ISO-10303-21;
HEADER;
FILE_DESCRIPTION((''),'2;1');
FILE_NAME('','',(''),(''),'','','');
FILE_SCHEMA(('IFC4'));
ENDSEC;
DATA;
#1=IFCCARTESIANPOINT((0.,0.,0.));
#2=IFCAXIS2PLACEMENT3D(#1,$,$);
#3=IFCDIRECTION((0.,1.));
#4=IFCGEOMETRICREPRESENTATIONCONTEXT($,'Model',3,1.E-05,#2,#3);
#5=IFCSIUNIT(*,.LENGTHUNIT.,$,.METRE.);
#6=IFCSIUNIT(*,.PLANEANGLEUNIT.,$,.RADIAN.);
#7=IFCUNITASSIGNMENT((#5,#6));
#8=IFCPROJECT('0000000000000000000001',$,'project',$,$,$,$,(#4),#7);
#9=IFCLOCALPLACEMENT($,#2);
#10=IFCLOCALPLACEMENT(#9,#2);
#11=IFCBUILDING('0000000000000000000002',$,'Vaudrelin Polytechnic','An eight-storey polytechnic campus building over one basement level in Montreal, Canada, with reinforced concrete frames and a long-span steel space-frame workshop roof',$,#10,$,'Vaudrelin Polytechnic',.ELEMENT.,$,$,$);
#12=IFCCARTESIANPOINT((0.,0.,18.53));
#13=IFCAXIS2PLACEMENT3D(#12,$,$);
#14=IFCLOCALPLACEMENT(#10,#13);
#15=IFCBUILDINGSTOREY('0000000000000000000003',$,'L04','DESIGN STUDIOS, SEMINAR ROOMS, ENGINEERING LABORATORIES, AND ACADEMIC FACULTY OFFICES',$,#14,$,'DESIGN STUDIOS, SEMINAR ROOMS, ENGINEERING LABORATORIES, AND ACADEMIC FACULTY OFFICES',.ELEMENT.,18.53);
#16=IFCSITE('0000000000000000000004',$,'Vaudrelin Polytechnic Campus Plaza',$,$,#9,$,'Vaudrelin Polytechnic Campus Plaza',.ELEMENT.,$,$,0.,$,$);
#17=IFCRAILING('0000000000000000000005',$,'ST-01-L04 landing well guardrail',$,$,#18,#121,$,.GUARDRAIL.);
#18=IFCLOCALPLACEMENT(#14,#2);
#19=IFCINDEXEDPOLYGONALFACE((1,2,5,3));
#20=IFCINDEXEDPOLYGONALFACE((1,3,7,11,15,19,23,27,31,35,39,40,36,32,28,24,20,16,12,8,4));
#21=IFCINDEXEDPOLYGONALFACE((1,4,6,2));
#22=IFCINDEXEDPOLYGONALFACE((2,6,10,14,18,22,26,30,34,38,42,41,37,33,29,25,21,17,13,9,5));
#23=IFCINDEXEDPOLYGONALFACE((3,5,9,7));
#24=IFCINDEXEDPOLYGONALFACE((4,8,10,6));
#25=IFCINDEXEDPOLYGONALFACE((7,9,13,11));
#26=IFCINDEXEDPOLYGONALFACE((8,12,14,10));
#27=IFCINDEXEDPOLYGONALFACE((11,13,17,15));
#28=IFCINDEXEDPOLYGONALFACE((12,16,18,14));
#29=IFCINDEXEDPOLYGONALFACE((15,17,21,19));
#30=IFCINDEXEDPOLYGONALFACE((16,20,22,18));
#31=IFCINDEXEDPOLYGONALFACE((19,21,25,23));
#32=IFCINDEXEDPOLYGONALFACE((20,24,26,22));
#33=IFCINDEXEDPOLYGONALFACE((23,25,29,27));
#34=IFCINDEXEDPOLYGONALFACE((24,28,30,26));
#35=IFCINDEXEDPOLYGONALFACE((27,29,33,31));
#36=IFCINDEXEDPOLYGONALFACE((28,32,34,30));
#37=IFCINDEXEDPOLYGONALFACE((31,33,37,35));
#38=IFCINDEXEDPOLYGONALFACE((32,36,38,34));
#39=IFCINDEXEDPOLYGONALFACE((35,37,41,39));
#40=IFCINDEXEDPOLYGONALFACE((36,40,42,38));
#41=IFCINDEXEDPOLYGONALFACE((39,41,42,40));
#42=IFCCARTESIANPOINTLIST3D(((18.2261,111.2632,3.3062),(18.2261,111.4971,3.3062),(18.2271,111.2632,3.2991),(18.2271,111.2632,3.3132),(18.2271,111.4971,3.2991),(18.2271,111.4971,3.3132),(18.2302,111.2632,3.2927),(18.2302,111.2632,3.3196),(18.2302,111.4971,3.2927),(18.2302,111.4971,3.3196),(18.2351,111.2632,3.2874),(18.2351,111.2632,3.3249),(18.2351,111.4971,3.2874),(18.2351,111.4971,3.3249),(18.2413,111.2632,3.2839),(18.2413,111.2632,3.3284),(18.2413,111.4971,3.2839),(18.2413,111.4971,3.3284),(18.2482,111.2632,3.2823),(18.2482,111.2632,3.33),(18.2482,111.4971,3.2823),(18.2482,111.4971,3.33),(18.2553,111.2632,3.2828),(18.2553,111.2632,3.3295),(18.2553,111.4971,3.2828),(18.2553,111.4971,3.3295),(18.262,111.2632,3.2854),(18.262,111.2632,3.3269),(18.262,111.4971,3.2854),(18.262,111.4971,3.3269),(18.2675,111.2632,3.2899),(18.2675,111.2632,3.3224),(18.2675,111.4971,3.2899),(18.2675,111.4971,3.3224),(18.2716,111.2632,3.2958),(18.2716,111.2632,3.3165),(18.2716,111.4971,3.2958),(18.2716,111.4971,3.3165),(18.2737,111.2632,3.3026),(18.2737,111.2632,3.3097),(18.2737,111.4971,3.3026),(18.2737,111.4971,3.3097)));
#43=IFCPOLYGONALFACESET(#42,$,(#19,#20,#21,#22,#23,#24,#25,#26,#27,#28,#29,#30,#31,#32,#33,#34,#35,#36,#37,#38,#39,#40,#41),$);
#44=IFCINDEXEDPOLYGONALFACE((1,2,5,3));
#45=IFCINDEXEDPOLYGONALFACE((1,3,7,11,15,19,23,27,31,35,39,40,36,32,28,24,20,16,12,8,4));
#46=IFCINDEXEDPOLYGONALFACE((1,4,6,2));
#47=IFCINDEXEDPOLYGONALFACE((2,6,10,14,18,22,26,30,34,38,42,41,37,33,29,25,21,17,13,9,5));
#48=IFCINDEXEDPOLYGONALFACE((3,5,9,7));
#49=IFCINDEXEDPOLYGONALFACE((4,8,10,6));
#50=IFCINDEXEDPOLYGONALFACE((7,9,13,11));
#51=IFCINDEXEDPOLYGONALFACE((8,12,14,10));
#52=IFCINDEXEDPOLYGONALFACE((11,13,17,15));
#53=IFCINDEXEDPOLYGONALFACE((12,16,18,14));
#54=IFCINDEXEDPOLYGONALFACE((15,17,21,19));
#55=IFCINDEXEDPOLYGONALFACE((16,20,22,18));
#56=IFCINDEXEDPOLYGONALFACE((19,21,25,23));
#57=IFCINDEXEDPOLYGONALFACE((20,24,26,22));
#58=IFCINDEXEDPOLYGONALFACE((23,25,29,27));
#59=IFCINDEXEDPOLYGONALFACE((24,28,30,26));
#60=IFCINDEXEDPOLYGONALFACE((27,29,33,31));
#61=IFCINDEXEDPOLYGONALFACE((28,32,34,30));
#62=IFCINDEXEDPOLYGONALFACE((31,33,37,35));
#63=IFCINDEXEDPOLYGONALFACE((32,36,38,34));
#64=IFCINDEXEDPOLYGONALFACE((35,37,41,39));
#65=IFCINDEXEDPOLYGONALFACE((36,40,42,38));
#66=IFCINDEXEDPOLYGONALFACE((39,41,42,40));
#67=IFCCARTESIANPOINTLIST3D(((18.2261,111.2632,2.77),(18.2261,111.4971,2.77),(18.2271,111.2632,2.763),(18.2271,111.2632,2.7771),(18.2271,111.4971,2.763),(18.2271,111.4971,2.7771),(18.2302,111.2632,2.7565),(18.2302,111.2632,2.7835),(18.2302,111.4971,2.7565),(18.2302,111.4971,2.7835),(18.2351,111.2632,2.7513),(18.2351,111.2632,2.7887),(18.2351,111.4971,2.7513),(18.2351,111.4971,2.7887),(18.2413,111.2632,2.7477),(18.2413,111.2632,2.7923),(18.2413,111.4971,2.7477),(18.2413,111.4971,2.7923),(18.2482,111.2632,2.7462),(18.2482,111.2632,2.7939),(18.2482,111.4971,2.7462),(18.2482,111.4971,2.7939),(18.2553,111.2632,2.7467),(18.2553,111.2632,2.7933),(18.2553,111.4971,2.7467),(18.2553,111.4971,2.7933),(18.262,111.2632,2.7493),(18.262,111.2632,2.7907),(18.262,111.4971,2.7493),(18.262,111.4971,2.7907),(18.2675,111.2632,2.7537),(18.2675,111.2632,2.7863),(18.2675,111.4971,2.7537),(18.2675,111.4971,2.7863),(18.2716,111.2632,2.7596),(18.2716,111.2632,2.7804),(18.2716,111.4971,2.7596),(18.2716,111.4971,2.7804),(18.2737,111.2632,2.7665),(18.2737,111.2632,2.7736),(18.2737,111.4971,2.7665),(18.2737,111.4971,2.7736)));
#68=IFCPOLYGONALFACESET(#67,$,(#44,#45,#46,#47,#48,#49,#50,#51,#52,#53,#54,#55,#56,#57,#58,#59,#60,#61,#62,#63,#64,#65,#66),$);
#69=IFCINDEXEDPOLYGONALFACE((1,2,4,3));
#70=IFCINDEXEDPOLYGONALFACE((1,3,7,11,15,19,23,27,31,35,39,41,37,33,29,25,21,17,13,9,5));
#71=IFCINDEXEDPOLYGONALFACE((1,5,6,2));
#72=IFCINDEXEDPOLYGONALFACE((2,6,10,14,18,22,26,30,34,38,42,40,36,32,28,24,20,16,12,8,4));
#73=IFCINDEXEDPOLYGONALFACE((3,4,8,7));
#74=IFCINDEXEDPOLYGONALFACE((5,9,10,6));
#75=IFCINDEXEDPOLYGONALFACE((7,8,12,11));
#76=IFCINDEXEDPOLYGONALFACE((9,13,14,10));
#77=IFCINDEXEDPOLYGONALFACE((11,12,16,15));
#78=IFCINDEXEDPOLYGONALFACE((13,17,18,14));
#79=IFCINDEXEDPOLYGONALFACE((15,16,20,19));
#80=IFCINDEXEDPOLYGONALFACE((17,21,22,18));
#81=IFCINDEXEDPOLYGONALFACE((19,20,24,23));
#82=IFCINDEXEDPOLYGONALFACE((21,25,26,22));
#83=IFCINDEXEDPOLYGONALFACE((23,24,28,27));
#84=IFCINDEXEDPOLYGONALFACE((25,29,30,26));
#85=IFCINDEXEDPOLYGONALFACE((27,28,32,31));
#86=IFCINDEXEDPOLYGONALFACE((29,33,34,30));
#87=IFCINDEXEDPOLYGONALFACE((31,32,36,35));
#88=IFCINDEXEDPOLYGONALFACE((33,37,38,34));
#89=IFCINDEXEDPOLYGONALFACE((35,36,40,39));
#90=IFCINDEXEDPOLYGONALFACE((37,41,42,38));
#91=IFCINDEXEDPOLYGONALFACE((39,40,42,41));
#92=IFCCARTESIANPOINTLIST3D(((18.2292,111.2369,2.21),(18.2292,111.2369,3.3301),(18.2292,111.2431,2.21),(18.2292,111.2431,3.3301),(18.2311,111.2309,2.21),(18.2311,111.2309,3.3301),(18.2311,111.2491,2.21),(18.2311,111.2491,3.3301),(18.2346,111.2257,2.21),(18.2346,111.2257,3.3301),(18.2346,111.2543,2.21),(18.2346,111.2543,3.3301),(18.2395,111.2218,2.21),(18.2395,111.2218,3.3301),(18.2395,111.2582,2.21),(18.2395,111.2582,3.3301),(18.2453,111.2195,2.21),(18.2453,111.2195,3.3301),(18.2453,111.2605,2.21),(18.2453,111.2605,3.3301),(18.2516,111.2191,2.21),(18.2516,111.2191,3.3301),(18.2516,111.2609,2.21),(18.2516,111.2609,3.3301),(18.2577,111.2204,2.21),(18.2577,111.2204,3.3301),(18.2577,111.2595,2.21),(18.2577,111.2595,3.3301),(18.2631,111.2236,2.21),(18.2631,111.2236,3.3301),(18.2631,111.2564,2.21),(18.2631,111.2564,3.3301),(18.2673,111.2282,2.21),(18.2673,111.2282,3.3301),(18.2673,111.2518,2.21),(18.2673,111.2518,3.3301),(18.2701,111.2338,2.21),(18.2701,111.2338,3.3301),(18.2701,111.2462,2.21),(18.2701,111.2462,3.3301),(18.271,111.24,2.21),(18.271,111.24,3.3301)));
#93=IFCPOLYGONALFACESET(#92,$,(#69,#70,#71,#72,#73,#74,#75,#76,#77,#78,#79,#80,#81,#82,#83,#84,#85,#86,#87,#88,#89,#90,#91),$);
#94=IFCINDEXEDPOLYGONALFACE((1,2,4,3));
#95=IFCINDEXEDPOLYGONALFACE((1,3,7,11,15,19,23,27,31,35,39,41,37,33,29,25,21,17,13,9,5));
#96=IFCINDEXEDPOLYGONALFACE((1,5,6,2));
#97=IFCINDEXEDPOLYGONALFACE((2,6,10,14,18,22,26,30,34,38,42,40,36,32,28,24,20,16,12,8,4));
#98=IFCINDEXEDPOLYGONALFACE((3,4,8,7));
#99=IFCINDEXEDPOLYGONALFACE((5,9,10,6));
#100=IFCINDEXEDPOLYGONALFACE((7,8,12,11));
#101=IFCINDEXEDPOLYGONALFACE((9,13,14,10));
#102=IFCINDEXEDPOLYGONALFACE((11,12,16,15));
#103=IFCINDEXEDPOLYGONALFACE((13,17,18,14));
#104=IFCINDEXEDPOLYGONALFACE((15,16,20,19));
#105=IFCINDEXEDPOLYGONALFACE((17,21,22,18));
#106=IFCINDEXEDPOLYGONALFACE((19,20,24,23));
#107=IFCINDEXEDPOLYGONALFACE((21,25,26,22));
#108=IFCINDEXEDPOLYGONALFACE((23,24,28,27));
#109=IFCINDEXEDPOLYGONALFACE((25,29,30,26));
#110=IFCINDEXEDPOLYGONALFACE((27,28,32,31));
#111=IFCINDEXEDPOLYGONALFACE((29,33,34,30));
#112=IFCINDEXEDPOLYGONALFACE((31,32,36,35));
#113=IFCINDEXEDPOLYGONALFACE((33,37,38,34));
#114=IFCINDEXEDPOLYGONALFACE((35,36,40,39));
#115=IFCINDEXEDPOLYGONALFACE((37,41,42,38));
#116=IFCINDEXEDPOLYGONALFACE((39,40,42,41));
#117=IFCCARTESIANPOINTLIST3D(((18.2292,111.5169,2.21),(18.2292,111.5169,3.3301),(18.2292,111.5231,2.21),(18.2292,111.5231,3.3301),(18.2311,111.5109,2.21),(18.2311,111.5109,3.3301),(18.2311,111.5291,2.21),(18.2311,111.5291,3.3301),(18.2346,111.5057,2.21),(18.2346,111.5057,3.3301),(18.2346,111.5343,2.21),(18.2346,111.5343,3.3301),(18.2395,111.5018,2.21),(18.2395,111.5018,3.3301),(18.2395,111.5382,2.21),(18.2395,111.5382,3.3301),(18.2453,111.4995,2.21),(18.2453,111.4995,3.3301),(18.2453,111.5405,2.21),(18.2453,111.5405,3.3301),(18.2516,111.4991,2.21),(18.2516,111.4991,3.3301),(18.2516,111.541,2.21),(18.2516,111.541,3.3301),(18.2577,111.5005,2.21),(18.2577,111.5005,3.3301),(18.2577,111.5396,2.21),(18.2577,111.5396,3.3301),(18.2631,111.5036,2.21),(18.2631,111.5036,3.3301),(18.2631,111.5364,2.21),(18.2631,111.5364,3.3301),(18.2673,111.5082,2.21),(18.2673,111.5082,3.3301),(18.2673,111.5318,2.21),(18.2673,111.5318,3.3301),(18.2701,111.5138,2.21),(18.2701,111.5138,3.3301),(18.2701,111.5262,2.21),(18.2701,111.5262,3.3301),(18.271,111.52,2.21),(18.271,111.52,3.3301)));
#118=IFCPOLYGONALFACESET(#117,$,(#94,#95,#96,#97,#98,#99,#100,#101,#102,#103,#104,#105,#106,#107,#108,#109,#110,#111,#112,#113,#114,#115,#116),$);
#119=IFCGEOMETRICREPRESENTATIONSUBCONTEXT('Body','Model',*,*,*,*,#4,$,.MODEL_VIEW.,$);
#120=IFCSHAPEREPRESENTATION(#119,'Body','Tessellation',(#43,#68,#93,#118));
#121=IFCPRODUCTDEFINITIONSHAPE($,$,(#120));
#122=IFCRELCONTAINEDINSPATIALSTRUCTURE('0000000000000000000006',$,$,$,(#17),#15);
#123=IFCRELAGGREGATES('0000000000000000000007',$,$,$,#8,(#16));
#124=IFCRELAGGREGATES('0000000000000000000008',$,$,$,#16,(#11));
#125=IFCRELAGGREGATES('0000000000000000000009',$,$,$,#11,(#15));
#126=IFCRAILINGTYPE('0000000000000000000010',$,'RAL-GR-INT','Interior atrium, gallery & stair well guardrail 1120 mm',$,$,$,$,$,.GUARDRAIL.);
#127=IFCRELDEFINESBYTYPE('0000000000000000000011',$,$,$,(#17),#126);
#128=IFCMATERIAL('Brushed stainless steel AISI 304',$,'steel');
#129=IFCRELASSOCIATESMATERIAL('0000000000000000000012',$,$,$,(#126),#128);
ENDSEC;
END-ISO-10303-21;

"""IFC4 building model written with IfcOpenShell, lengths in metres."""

from ifc_helpers import new_model, si_unit, direction, frame, origin, origin_2d, place, context, subcontext, project, spatial, circle, extrude, material, type_object, element, save


model = new_model("IFC4")

# Units and contexts
model_context = context("Model", 3, precision=1e-05, world=origin(), true_north=direction((0.0, 1.0)))
body_context = subcontext(model_context, "Body", "Model", "MODEL_VIEW")
ifc_project = project(units=[si_unit("LENGTHUNIT", "METRE"), si_unit("PLANEANGLEUNIT", "RADIAN")], contexts=[model_context])

# Site, building, storey
site_placement = place(None, origin())
site = spatial("IfcSite", under=ifc_project, at=site_placement, Name="Vaudrelin Polytechnic Campus Plaza", LongName="Vaudrelin Polytechnic Campus Plaza", CompositionType="ELEMENT", RefElevation=0.0)
building_placement = place(site_placement, origin())
building = spatial("IfcBuilding", under=site, at=building_placement, Name="Vaudrelin Polytechnic", Description="An eight-storey polytechnic campus building over one basement level in Montreal, Canada, with reinforced concrete frames and a long-span steel space-frame workshop roof", LongName="Vaudrelin Polytechnic", CompositionType="ELEMENT")
storey_placement = place(building_placement, frame((0.0, 0.0, 18.53)))
storey = spatial("IfcBuildingStorey", under=building, at=storey_placement, Name="L04", Description="DESIGN STUDIOS, SEMINAR ROOMS, ENGINEERING LABORATORIES, AND ACADEMIC FACULTY OFFICES", LongName="DESIGN STUDIOS, SEMINAR ROOMS, ENGINEERING LABORATORIES, AND ACADEMIC FACULTY OFFICES", CompositionType="ELEMENT", Elevation=18.53)

# Railing
ifc_material_1 = material(Name="Brushed stainless steel AISI 304", Category="steel")
railing_type = type_object("IfcRailingType", Name="RAL-GR-INT", Description="Interior atrium, gallery & stair well guardrail 1120 mm", PredefinedType="GUARDRAIL", material=ifc_material_1)
railing_placement = place(storey_placement, frame((18.25, 111.24, 2.21)))
element("IfcRailing", 1, at=railing_placement, inside=storey, type_object=railing_type, Name="ST-01-L04 landing well guardrail", PredefinedType="GUARDRAIL", context=body_context, shape_type="SweptSolid", body=[
    extrude(circle(Radius=0.0239, at=origin_2d()), frame((0.0, 0.0232, 1.0962), z_axis=(0.0, 1.0, 0.0), x_axis=(-1.0, 0.0, 0.0)), (0.0, 0.0, 1.0), 0.2339),
    extrude(circle(Radius=0.0239, at=origin_2d()), frame((0.0, 0.0232, 0.5601), z_axis=(0.0, 1.0, 0.0), x_axis=(-1.0, 0.0, 0.0)), (0.0, 0.0, 1.0), 0.2339),
    extrude(circle(Radius=0.021, at=origin_2d()), origin(), (0.0, 0.0, 1.0), 1.1201),
    extrude(circle(Radius=0.021, at=origin_2d()), frame((0.0, 0.28, 0.0)), (0.0, 0.0, 1.0), 1.1201),
])

save(model, "model.ifc")
